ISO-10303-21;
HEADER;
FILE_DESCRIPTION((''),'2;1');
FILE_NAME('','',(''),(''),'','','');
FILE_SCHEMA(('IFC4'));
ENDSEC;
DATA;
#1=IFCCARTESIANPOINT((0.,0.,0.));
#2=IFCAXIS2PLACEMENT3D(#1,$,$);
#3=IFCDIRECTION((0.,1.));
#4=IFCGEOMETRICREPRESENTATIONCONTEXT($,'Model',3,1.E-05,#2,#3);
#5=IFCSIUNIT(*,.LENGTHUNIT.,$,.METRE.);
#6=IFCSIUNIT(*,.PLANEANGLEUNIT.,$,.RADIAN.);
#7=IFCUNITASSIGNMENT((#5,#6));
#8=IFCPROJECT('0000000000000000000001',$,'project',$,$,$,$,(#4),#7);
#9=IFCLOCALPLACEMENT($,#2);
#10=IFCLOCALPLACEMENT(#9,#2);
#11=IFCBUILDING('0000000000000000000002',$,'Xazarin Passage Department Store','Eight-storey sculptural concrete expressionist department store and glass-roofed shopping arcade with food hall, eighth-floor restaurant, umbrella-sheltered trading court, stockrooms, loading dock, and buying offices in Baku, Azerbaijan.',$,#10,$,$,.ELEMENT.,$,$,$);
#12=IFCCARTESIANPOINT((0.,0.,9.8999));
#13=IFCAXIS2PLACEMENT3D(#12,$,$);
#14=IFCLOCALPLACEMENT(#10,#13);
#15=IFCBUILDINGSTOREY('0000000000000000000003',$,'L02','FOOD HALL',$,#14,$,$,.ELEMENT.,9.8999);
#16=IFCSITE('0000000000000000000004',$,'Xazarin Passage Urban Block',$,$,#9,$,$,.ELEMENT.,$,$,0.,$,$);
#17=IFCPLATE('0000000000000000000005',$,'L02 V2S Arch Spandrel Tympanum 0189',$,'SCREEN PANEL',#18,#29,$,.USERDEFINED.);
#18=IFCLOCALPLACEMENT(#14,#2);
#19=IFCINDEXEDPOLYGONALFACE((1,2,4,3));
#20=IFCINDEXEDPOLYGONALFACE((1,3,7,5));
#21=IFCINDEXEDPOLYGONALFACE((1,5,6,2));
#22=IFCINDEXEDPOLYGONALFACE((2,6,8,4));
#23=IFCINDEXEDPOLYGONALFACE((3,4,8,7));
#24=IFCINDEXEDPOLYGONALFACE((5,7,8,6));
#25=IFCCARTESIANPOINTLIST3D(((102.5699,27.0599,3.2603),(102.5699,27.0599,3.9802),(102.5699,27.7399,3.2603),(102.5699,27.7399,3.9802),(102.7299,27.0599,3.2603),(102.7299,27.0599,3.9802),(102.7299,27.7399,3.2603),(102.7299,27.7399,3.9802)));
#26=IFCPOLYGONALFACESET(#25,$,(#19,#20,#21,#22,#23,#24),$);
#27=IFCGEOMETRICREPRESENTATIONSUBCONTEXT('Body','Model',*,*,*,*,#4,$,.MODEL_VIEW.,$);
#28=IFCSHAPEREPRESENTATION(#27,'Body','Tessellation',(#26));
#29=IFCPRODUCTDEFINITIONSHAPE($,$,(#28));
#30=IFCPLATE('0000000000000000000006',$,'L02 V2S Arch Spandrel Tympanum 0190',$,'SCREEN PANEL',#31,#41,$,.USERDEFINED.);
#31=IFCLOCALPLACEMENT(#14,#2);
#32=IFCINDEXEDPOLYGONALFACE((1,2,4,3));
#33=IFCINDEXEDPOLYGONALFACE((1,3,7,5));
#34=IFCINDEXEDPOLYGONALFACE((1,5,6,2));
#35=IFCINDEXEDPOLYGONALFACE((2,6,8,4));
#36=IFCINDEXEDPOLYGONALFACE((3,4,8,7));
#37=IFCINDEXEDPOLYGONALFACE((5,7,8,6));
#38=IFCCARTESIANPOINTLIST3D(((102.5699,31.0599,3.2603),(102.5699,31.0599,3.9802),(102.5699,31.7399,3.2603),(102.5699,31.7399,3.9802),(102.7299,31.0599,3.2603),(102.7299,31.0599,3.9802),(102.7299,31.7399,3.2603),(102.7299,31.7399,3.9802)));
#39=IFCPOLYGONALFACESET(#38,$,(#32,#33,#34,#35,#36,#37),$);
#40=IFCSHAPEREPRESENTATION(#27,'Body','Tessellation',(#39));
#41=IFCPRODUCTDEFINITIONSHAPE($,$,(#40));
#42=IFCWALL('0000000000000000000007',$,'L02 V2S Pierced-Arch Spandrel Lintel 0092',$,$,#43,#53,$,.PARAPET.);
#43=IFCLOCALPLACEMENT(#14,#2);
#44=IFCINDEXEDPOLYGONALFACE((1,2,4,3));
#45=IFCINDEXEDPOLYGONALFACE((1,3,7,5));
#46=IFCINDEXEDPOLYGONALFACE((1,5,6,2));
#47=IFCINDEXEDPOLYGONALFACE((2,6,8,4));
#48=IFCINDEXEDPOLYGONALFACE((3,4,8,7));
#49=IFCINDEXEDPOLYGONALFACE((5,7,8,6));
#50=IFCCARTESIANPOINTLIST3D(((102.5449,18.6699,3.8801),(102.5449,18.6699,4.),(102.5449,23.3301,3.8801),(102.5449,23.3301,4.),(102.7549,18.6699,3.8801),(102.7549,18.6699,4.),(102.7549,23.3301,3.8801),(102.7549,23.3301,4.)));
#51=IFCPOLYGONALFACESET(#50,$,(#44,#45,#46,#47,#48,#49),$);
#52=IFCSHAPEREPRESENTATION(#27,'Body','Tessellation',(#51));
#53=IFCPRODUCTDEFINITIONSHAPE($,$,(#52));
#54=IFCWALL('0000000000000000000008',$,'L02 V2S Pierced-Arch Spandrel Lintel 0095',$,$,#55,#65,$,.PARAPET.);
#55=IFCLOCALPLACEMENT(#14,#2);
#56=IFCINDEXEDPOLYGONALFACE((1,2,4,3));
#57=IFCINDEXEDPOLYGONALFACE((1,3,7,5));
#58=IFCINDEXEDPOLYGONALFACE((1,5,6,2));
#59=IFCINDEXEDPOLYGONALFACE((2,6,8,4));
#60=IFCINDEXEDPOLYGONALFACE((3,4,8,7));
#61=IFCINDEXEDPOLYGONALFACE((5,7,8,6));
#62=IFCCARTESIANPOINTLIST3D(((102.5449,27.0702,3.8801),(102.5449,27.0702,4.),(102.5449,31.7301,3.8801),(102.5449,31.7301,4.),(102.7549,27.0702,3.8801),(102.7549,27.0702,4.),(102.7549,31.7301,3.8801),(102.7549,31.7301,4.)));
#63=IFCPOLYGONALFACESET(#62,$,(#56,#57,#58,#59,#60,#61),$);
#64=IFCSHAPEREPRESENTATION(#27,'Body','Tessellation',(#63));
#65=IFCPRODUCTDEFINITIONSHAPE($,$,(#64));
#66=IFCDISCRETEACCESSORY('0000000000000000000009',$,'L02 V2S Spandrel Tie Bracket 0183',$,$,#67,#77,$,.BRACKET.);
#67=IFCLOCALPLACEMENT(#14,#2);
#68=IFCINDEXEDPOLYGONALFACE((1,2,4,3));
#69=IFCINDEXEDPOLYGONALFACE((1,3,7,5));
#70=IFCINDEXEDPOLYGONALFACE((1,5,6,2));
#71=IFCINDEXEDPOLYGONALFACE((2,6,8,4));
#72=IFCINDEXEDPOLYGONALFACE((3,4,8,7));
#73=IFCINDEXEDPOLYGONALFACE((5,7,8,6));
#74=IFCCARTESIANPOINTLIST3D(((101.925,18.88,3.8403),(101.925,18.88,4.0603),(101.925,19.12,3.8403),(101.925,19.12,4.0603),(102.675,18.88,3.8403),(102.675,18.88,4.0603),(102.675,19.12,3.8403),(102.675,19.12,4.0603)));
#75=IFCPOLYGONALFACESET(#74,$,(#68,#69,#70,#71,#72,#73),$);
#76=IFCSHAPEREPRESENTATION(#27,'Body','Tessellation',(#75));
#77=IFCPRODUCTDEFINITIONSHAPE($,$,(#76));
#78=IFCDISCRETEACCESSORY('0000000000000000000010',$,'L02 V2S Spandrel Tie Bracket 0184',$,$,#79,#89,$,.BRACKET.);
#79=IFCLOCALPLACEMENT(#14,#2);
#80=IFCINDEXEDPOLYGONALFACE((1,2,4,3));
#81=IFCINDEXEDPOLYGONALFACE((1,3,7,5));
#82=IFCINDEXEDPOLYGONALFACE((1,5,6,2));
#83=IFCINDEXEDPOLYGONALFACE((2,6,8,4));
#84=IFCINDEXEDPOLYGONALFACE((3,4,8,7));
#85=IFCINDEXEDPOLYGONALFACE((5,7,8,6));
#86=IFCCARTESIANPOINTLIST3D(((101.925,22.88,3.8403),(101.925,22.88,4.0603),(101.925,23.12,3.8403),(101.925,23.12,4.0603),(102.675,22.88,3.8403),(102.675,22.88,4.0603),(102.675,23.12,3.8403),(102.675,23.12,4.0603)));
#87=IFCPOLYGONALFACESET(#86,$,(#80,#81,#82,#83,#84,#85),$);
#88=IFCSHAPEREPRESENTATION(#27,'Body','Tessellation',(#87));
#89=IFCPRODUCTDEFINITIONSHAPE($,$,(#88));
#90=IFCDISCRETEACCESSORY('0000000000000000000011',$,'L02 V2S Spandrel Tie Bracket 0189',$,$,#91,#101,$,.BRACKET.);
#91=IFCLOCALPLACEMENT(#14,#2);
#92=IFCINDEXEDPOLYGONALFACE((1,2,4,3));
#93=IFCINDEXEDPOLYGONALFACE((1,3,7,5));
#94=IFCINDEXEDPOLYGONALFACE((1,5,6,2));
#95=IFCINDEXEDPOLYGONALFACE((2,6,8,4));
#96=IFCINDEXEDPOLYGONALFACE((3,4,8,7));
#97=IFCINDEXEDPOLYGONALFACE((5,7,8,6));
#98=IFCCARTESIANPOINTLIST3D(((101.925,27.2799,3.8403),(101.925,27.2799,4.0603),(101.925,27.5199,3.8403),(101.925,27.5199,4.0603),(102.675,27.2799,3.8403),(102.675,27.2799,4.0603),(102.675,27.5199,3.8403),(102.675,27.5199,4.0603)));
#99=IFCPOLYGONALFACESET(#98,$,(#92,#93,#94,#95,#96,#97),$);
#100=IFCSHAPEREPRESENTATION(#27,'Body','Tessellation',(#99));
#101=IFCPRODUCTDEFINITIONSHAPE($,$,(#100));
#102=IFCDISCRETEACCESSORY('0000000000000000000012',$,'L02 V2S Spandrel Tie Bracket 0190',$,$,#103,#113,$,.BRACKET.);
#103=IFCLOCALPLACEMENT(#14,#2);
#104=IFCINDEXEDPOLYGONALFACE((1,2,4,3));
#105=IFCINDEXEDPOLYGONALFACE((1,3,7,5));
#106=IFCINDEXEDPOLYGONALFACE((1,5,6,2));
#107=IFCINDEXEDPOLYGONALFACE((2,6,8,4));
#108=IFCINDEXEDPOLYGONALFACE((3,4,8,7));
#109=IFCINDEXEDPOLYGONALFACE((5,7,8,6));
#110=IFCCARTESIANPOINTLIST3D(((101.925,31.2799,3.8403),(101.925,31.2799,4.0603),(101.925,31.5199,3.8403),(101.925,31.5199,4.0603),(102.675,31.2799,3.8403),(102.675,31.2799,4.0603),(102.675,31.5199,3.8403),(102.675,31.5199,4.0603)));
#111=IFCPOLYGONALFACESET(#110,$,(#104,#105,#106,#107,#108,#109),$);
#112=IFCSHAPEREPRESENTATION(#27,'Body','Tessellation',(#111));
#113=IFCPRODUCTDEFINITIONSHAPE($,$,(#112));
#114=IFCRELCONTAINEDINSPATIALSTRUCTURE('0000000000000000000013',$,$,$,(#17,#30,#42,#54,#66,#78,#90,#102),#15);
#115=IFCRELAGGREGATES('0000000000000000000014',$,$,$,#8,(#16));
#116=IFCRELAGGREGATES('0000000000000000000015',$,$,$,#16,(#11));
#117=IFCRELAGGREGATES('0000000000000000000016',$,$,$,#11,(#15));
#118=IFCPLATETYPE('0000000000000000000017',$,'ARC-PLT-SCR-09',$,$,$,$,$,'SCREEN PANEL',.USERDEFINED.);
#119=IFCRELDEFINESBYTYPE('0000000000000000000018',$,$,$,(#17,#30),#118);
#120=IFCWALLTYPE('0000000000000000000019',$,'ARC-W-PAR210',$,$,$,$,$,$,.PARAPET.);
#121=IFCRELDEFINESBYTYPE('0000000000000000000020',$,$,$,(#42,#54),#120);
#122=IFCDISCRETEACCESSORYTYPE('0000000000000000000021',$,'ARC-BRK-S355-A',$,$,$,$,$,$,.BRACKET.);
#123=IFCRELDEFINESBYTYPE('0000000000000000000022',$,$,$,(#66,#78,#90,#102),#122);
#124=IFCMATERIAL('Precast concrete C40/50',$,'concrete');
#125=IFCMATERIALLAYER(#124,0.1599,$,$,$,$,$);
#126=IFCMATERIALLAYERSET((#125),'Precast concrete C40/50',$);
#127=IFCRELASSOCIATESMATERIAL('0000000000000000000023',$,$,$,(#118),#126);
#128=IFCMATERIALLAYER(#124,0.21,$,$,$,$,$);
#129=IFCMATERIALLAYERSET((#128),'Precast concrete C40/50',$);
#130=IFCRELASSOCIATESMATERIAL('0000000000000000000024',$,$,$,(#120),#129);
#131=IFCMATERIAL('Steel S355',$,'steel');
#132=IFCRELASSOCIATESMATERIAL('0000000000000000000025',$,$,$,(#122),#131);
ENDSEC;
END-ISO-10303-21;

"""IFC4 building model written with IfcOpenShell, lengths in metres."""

from ifc_helpers import new_model, si_unit, direction, frame, frame_2d, origin, origin_2d, place, context, subcontext, project, spatial, rectangle, extrude, material, layer, layer_set, type_object, element, save


model = new_model("IFC4")

# Units and contexts
model_context = context("Model", 3, precision=1e-05, world=origin(), true_north=direction((0.0, 1.0)))
body_context = subcontext(model_context, "Body", "Model", "MODEL_VIEW")
ifc_project = project(units=[si_unit("LENGTHUNIT", "METRE"), si_unit("PLANEANGLEUNIT", "RADIAN")], contexts=[model_context])

# Site, building, storey
site_placement = place(None, origin())
site = spatial("IfcSite", under=ifc_project, at=site_placement, Name="Xazarin Passage Urban Block", CompositionType="ELEMENT", RefElevation=0.0)
building_placement = place(site_placement, origin())
building = spatial("IfcBuilding", under=site, at=building_placement, Name="Xazarin Passage Department Store", Description="Eight-storey sculptural concrete expressionist department store and glass-roofed shopping arcade with food hall, eighth-floor restaurant, umbrella-sheltered trading court, stockrooms, loading dock, and buying offices in Baku, Azerbaijan.", CompositionType="ELEMENT")
storey_placement = place(building_placement, frame((0.0, 0.0, 9.8999)))
storey = spatial("IfcBuildingStorey", under=building, at=storey_placement, Name="L02", Description="FOOD HALL", CompositionType="ELEMENT", Elevation=9.8999)

# Plates
ifc_material_1 = material(Name="Precast concrete C40/50", Category="concrete")
ifc_layer_1 = layer(ifc_material_1, 0.1599)
ifc_layer_set_1 = layer_set([ifc_layer_1], Name="Precast concrete C40/50")
plate_type_1 = type_object("IfcPlateType", Name="ARC-PLT-SCR-09", ElementType="SCREEN PANEL", PredefinedType="USERDEFINED", material=ifc_layer_set_1)
for number, where, z_axis, x_axis, name in (
    (1, (102.6499, 27.3999, 3.2603), (0.0, 0.0, 1.0), (0.0, 1.0, 0.0), "L02 V2S Arch Spandrel Tympanum 0189"),
    (2, (102.6499, 31.3999, 3.2603), (0.0, 0.0, 1.0), (0.0, 1.0, 0.0), "L02 V2S Arch Spandrel Tympanum 0190"),
):
    element("IfcPlate", number, at=place(storey_placement, frame(where, z_axis=z_axis, x_axis=x_axis)), inside=storey, type_object=plate_type_1, Name=name, ObjectType="SCREEN PANEL", PredefinedType="USERDEFINED", context=body_context, shape_type="SweptSolid", body=[
        extrude(rectangle(XDim=0.6799, YDim=0.1599, at=origin_2d()), origin(), (0.0, 0.0, 1.0), 0.72),
    ])

# Walls
ifc_layer_2 = layer(ifc_material_1, 0.21)
ifc_layer_set_2 = layer_set([ifc_layer_2], Name="Precast concrete C40/50")
wall_type = type_object("IfcWallType", Name="ARC-W-PAR210", PredefinedType="PARAPET", material=ifc_layer_set_2)
wall_1_placement = place(storey_placement, frame((102.6499, 18.6699, 3.8801), z_axis=(0.0, 0.0, 1.0), x_axis=(0.0, 1.0, 0.0)))
element("IfcWall", 3, at=wall_1_placement, inside=storey, type_object=wall_type, Name="L02 V2S Pierced-Arch Spandrel Lintel 0092", PredefinedType="PARAPET", context=body_context, shape_type="SweptSolid", body=[
    extrude(rectangle(XDim=4.6602, YDim=0.21, at=frame_2d((2.3301, 0.0))), origin(), (0.0, 0.0, 1.0), 0.1199),
])
wall_2_placement = place(storey_placement, frame((102.6499, 27.0701, 3.8801), z_axis=(0.0, 0.0, 1.0), x_axis=(0.0, 1.0, 0.0)))
element("IfcWall", 4, at=wall_2_placement, inside=storey, type_object=wall_type, Name="L02 V2S Pierced-Arch Spandrel Lintel 0095", PredefinedType="PARAPET", context=body_context, shape_type="SweptSolid", body=[
    extrude(rectangle(XDim=4.6599, YDim=0.21, at=frame_2d((2.3301, 0.0))), origin(), (0.0, 0.0, 1.0), 0.1199),
])

# Discrete accessories
ifc_material_2 = material(Name="Steel S355", Category="steel")
discrete_accessory_type = type_object("IfcDiscreteAccessoryType", Name="ARC-BRK-S355-A", PredefinedType="BRACKET", material=ifc_material_2)
for number, where, z_axis, x_axis, name in (
    (5, (102.3, 19.0, 3.8403), (0.0, 0.0, 1.0), (0.0, 1.0, 0.0), "L02 V2S Spandrel Tie Bracket 0183"),
    (6, (102.3, 23.0, 3.8403), (0.0, 0.0, 1.0), (0.0, 1.0, 0.0), "L02 V2S Spandrel Tie Bracket 0184"),
    (7, (102.3, 27.3999, 3.8403), (0.0, 0.0, 1.0), (0.0, 1.0, 0.0), "L02 V2S Spandrel Tie Bracket 0189"),
    (8, (102.3, 31.3999, 3.8403), (0.0, 0.0, 1.0), (0.0, 1.0, 0.0), "L02 V2S Spandrel Tie Bracket 0190"),
):
    element("IfcDiscreteAccessory", number, at=place(storey_placement, frame(where, z_axis=z_axis, x_axis=x_axis)), inside=storey, type_object=discrete_accessory_type, Name=name, PredefinedType="BRACKET", context=body_context, shape_type="SweptSolid", body=[
        extrude(rectangle(XDim=0.24, YDim=0.75, at=origin_2d()), origin(), (0.0, 0.0, 1.0), 0.22),
    ])

save(model, "model.ifc")
